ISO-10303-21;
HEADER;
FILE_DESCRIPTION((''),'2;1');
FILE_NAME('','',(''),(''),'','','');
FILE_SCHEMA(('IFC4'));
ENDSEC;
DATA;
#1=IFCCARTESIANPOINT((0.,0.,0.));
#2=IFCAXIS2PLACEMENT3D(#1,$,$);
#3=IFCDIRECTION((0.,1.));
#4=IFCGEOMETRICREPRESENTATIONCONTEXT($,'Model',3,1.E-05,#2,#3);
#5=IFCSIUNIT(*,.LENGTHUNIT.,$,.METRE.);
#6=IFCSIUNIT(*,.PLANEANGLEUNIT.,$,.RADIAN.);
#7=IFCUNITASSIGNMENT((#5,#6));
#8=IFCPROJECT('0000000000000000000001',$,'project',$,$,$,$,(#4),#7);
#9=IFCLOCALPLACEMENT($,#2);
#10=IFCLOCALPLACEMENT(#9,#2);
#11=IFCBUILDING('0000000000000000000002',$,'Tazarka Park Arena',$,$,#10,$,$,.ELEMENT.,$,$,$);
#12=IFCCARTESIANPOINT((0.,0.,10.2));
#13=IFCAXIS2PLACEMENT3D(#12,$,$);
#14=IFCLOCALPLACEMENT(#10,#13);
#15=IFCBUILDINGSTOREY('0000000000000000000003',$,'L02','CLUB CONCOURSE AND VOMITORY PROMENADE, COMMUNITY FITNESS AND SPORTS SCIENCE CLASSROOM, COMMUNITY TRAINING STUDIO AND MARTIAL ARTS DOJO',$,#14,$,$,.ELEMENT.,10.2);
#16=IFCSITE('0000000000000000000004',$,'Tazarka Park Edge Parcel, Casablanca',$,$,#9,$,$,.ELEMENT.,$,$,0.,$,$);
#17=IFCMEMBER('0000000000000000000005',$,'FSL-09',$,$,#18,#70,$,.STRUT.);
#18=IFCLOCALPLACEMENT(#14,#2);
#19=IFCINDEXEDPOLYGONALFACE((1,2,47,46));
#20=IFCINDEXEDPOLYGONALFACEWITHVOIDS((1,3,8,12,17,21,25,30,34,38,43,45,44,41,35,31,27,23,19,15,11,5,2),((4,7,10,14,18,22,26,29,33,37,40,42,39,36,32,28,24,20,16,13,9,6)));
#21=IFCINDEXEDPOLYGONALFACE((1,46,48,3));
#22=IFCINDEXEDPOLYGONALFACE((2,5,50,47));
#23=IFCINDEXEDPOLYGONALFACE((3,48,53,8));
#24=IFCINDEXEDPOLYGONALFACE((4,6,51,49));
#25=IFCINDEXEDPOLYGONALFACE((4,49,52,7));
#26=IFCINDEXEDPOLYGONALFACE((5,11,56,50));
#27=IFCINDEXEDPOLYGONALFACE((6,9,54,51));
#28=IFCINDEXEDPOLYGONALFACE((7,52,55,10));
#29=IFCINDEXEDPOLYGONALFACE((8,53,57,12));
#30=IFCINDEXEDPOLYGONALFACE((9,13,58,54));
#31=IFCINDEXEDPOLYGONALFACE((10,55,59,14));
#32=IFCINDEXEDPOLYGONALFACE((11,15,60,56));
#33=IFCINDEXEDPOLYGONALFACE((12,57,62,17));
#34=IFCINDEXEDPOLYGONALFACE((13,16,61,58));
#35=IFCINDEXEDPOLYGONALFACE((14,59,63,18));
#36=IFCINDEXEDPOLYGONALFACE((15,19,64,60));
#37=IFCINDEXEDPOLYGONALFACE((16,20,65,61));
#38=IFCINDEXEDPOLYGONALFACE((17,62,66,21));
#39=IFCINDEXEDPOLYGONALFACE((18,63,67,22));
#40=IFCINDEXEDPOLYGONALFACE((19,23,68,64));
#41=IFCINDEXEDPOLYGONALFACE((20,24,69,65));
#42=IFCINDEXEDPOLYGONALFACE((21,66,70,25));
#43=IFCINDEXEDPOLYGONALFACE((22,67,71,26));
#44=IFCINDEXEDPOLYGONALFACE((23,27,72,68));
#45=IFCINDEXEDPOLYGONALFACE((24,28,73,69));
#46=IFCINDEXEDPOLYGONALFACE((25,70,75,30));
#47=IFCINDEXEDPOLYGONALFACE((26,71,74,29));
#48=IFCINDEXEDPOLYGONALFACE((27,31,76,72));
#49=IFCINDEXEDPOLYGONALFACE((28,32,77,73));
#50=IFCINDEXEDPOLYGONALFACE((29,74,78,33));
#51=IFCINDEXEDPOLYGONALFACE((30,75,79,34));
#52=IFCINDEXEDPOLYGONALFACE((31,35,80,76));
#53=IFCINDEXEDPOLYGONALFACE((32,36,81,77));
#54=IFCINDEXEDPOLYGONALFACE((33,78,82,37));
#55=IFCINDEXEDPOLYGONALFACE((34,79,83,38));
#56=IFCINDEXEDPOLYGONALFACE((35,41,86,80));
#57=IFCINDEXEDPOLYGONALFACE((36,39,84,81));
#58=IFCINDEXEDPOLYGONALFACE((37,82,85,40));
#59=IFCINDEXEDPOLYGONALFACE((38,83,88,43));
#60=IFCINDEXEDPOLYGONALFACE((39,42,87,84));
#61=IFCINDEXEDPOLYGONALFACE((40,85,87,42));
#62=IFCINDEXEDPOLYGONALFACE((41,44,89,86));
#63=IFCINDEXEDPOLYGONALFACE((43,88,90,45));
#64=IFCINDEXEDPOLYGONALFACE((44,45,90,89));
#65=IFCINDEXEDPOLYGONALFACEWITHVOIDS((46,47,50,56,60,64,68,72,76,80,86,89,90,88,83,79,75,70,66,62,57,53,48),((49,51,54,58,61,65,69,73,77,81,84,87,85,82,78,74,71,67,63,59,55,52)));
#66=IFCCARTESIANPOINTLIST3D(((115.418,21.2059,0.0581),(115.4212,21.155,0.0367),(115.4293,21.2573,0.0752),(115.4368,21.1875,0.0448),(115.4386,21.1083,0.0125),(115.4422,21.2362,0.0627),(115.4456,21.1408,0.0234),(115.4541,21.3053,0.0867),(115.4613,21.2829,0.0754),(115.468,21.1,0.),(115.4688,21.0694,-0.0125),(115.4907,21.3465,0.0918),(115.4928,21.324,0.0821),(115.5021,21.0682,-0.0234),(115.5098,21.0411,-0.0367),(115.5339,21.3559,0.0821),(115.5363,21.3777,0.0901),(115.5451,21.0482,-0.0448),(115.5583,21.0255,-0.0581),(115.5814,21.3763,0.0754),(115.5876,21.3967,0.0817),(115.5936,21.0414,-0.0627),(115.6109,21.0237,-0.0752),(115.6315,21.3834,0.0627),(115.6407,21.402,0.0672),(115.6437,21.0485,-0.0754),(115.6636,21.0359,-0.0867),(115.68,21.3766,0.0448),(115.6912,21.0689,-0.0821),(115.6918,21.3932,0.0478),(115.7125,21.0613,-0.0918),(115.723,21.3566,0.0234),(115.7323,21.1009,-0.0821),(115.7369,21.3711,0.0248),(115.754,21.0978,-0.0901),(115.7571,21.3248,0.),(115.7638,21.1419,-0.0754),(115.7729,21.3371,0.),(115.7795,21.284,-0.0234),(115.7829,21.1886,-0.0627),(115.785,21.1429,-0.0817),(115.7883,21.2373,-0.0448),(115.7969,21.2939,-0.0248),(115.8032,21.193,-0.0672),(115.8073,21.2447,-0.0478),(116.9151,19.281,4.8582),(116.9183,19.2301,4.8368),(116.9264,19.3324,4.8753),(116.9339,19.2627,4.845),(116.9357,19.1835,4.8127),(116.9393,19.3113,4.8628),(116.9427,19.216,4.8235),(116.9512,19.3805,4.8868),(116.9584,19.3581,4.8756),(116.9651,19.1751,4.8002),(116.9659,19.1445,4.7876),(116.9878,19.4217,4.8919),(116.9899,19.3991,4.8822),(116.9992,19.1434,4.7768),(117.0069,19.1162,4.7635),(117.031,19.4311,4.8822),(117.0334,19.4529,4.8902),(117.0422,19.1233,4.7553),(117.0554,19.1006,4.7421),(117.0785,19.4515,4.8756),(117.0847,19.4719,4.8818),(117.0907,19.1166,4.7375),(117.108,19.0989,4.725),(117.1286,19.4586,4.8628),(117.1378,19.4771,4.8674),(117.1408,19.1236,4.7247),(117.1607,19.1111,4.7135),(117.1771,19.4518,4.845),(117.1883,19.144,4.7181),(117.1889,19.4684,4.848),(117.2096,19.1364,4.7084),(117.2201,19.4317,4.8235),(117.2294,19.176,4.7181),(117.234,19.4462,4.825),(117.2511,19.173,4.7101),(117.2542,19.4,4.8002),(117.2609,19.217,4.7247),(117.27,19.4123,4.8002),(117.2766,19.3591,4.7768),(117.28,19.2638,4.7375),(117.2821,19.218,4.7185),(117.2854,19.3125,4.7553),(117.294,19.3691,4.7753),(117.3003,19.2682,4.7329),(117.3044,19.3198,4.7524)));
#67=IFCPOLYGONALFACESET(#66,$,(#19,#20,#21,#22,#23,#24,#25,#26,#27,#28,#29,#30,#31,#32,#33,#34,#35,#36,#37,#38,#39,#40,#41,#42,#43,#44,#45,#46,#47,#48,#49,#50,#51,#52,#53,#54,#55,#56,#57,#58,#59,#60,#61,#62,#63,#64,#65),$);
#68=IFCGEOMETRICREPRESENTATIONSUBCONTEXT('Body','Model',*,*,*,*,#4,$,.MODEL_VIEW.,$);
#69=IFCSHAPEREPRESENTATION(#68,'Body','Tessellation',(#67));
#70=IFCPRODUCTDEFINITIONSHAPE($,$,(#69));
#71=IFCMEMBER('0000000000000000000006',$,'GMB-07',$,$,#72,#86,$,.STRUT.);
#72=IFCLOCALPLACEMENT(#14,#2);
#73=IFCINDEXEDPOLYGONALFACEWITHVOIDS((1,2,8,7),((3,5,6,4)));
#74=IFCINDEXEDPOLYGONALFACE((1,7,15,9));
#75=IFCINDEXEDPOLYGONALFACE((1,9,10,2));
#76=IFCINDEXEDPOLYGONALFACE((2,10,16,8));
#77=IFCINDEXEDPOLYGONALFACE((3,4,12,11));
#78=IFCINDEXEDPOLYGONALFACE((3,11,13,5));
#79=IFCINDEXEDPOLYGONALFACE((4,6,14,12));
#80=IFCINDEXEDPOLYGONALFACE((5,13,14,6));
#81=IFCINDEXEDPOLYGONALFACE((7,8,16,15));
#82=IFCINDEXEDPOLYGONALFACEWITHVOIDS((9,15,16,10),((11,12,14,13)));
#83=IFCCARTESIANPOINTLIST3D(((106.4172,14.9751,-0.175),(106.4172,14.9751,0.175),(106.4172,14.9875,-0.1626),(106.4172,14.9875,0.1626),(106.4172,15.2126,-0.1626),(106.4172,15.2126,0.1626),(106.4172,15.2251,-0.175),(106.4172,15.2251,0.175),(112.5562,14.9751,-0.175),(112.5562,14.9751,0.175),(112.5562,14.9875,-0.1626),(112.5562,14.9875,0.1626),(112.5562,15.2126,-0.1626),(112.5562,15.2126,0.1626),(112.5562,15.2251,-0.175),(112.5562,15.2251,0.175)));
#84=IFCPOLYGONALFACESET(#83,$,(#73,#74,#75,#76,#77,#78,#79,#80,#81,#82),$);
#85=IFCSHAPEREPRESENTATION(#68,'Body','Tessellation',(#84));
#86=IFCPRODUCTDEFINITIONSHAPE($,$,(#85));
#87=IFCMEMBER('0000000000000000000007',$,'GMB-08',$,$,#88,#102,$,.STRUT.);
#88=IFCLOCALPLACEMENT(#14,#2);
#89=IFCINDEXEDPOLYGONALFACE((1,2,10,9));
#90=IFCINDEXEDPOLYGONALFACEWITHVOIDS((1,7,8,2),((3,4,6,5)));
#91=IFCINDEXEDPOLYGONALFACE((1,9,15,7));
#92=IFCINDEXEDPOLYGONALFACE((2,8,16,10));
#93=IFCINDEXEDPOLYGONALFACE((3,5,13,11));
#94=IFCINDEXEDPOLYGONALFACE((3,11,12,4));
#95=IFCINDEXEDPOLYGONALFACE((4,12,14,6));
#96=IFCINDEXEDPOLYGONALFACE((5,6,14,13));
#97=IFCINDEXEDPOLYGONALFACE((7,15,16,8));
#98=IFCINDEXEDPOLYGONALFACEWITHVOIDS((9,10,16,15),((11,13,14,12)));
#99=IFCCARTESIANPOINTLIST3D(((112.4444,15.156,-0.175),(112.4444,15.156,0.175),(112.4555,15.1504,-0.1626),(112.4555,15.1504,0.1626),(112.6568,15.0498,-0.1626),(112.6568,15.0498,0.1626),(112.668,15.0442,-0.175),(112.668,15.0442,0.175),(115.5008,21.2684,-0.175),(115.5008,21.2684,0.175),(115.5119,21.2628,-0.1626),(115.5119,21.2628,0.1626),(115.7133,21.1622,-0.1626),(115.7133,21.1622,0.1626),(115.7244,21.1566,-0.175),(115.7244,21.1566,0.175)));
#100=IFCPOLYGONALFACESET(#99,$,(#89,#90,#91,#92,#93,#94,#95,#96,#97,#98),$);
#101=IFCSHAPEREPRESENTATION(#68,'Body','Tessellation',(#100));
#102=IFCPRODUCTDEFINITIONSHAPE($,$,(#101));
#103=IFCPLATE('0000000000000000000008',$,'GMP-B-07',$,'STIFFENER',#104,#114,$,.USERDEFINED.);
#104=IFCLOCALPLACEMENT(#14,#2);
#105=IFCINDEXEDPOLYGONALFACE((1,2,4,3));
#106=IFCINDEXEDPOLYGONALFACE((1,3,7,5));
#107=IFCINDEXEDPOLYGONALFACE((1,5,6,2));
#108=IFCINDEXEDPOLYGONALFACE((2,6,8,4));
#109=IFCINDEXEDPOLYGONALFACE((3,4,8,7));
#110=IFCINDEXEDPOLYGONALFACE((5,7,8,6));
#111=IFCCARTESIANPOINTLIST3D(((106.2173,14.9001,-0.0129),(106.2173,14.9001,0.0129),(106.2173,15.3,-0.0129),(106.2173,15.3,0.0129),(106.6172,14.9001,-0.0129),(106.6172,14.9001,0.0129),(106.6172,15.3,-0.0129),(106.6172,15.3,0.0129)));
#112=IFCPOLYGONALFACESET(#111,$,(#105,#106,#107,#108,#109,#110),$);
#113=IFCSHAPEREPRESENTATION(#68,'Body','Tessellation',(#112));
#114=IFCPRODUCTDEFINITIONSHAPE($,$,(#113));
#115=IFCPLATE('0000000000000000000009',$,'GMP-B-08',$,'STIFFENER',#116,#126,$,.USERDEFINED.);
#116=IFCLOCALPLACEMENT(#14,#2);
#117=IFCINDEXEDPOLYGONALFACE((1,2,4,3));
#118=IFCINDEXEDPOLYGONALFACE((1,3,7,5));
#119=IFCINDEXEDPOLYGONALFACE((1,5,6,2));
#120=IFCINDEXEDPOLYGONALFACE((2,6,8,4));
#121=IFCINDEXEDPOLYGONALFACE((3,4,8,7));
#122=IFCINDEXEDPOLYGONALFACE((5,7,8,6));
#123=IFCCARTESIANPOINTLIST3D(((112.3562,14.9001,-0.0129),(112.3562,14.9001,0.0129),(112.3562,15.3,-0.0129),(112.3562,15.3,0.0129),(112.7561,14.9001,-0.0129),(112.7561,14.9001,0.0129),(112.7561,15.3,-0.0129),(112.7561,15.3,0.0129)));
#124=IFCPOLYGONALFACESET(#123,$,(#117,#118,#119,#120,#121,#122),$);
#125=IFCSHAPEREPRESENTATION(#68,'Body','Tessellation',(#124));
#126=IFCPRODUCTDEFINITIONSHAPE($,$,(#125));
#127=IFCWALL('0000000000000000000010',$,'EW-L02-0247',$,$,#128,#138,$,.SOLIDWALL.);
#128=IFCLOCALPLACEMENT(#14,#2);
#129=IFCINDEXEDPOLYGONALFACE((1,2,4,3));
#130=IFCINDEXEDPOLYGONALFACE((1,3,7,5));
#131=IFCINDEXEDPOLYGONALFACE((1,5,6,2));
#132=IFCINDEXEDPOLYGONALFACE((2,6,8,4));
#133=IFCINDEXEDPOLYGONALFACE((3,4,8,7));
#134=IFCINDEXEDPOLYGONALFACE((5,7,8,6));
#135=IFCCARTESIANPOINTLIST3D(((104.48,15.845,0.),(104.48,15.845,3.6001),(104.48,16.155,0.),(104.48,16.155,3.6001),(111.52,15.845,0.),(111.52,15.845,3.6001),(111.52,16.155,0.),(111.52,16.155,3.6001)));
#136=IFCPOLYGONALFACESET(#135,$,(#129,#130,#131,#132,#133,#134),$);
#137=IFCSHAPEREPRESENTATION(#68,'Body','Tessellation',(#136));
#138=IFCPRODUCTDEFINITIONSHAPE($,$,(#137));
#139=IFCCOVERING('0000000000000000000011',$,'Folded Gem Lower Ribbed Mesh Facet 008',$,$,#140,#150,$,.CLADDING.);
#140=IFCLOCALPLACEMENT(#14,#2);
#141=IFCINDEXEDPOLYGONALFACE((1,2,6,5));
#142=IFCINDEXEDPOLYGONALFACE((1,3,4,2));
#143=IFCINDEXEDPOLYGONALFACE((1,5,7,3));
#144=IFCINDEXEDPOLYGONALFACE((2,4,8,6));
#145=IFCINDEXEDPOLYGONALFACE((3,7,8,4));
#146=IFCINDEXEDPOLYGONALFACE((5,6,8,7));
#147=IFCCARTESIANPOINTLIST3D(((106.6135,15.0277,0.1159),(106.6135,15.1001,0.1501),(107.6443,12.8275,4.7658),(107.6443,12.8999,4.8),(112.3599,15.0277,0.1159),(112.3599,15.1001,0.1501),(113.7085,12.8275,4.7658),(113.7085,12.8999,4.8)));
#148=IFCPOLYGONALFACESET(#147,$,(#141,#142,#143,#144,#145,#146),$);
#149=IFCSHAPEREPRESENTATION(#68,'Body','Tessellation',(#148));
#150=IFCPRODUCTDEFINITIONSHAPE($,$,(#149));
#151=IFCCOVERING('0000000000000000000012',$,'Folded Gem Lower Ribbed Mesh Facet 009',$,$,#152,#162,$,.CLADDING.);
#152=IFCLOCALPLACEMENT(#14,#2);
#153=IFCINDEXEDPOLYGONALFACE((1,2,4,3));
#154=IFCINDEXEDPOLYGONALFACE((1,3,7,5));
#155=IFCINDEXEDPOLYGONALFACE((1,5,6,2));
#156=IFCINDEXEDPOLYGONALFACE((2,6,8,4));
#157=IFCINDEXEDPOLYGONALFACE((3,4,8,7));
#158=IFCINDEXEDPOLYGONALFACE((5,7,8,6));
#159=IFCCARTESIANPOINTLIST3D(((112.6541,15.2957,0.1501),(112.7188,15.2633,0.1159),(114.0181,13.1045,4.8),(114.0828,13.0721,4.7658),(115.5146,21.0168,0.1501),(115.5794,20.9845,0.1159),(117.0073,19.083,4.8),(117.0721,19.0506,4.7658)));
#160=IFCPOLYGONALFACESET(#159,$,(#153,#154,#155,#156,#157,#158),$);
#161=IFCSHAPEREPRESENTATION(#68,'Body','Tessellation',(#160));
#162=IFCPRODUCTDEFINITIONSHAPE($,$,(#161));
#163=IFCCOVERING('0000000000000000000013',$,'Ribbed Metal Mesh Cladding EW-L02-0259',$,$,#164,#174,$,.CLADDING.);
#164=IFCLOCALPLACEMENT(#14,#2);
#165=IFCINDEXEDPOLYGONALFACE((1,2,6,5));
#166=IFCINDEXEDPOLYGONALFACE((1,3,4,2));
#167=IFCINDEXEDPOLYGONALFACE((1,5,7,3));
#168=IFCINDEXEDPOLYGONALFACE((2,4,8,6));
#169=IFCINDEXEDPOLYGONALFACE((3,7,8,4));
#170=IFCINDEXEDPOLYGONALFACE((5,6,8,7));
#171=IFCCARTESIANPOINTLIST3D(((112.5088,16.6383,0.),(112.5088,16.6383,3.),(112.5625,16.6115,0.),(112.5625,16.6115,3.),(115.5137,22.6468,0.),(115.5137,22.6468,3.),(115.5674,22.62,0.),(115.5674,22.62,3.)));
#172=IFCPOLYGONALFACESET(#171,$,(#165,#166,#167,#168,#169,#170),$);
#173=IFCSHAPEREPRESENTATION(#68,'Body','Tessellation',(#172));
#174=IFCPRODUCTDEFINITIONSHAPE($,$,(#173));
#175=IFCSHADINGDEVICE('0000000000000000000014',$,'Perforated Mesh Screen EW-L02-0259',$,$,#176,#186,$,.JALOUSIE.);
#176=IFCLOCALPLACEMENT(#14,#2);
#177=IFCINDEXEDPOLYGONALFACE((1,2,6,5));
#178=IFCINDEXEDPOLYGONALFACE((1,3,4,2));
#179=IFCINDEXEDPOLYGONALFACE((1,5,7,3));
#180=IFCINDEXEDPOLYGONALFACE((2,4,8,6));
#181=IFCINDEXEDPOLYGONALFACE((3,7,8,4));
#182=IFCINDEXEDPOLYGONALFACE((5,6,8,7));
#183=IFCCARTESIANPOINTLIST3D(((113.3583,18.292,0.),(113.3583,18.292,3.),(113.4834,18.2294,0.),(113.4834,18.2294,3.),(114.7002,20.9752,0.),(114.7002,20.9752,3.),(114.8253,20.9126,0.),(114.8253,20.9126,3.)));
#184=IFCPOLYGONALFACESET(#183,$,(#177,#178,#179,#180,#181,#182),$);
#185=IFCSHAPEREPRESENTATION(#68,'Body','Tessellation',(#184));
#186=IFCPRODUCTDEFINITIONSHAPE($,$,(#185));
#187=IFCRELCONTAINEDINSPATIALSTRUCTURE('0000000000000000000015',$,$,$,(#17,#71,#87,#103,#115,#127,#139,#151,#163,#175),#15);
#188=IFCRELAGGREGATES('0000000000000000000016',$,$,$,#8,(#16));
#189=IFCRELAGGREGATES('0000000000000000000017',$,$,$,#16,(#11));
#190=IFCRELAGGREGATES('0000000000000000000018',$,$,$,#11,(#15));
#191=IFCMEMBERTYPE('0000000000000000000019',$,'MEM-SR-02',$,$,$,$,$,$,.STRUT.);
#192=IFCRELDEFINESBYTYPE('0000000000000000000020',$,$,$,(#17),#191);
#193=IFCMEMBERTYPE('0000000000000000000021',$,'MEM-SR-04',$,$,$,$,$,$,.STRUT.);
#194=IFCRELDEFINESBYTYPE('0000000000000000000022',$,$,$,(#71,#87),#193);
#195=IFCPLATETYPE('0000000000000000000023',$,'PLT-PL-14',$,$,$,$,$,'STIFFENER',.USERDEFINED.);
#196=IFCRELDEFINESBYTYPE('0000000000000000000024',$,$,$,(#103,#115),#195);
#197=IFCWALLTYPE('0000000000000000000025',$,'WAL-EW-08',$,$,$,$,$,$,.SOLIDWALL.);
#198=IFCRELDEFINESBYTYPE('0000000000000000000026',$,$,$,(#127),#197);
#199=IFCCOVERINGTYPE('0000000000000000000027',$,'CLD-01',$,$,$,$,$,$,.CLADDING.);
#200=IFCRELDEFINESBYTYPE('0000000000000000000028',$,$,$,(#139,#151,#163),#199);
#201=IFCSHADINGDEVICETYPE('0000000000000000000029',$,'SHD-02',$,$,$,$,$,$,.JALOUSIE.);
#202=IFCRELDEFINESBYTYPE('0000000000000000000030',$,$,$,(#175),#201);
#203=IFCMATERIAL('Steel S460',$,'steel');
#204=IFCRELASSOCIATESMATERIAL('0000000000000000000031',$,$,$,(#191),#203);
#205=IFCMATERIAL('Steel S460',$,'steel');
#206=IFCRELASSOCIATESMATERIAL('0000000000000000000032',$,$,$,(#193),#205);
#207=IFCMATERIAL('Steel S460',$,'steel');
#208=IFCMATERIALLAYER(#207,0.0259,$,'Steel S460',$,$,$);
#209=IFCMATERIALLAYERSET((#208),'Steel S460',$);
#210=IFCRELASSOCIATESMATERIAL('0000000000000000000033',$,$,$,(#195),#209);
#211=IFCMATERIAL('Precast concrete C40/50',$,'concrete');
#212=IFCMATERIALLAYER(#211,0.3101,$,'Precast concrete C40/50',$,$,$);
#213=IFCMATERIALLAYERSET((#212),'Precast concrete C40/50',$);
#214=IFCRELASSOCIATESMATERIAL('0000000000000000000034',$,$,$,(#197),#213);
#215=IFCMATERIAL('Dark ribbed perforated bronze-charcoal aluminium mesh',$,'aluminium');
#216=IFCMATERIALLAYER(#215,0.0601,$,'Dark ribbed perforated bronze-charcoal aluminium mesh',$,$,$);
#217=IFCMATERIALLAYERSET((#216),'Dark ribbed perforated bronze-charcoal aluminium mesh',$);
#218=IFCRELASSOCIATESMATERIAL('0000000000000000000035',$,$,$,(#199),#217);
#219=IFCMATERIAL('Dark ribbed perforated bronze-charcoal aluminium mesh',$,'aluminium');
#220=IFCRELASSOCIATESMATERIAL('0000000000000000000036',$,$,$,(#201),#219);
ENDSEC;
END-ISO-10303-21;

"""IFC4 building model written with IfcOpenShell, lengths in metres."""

from ifc_helpers import new_model, si_unit, direction, frame, frame_2d, origin, origin_2d, place, context, subcontext, project, spatial, polyline, rectangle, hollow_rectangle, hollow_circle, outline, extrude, material, layer, layer_set, material_profile, profile_set, type_object, element, save


model = new_model("IFC4")

# Units and contexts
model_context = context("Model", 3, precision=1e-05, world=origin(), true_north=direction((0.0, 1.0)))
body_context = subcontext(model_context, "Body", "Model", "MODEL_VIEW")
ifc_project = project(units=[si_unit("LENGTHUNIT", "METRE"), si_unit("PLANEANGLEUNIT", "RADIAN")], contexts=[model_context])

# Site, building, storey
site_placement = place(None, origin())
site = spatial("IfcSite", under=ifc_project, at=site_placement, Name="Tazarka Park Edge Parcel, Casablanca", CompositionType="ELEMENT", RefElevation=0.0)
building_placement = place(site_placement, origin())
building = spatial("IfcBuilding", under=site, at=building_placement, Name="Tazarka Park Arena", CompositionType="ELEMENT")
storey_placement = place(building_placement, frame((0.0, 0.0, 10.2)))
storey = spatial("IfcBuildingStorey", under=building, at=storey_placement, Name="L02", Description="CLUB CONCOURSE AND VOMITORY PROMENADE, COMMUNITY FITNESS AND SPORTS SCIENCE CLASSROOM, COMMUNITY TRAINING STUDIO AND MARTIAL ARTS DOJO", CompositionType="ELEMENT", Elevation=10.2)

# Members
ifc_material_1 = material(Name="Steel S460", Category="steel")
ifc_material_profile_1 = material_profile(ifc_material_1, hollow_circle(Radius=0.2031, WallThickness=0.02, at=origin_2d()), Name="Steel S460")
ifc_profile_set_1 = profile_set([ifc_material_profile_1], Name="Steel S460")
member_type_1 = type_object("IfcMemberType", Name="MEM-SR-02", PredefinedType="STRUT", material=ifc_profile_set_1)
member_1_placement = place(storey_placement, frame((115.6125, 21.2124, 0.0), z_axis=(0.278063, -0.35751, 0.891553), x_axis=(0.789352, 0.613941, 0.0)))
element("IfcMember", 1, at=member_1_placement, inside=storey, type_object=member_type_1, Name="FSL-09", PredefinedType="STRUT", context=body_context, shape_type="SweptSolid", body=[
    extrude(hollow_circle(Radius=0.2031, WallThickness=0.02, at=origin_2d()), origin(), (0.0, 0.0, 1.0), 5.384),
])
ifc_material_2 = material(Name="Steel S460", Category="steel")
ifc_material_profile_2 = material_profile(ifc_material_2, hollow_rectangle(XDim=0.25, YDim=0.3501, WallThickness=0.0125, at=origin_2d()), Name="Steel S460")
ifc_profile_set_2 = profile_set([ifc_material_profile_2], Name="Steel S460")
member_type_2 = type_object("IfcMemberType", Name="MEM-SR-04", PredefinedType="STRUT", material=ifc_profile_set_2)
member_2_placement = place(storey_placement, frame((106.4172, 15.1001, 0.0), z_axis=(1.0, 0.0, 0.0), x_axis=(0.0, 1.0, 0.0)))
element("IfcMember", 2, at=member_2_placement, inside=storey, type_object=member_type_2, Name="GMB-07", PredefinedType="STRUT", context=body_context, shape_type="SweptSolid", body=[
    extrude(hollow_rectangle(XDim=0.25, YDim=0.3501, WallThickness=0.0125, at=origin_2d()), origin(), (0.0, 0.0, 1.0), 6.1389),
])
member_3_placement = place(storey_placement, frame((112.5562, 15.1001, 0.0), z_axis=(0.447242, 0.894413, 0.0), x_axis=(-0.894413, 0.447242, 0.0)))
element("IfcMember", 3, at=member_3_placement, inside=storey, type_object=member_type_2, Name="GMB-08", PredefinedType="STRUT", context=body_context, shape_type="SweptSolid", body=[
    extrude(hollow_rectangle(XDim=0.25, YDim=0.3501, WallThickness=0.0125, at=origin_2d()), origin(), (0.0, 0.0, 1.0), 6.834),
])

# Plates
ifc_material_3 = material(Name="Steel S460", Category="steel")
ifc_layer_1 = layer(ifc_material_3, 0.0259, Name="Steel S460")
ifc_layer_set_1 = layer_set([ifc_layer_1], Name="Steel S460")
plate_type = type_object("IfcPlateType", Name="PLT-PL-14", ElementType="STIFFENER", PredefinedType="USERDEFINED", material=ifc_layer_set_1)
for number, where, z_axis, x_axis, name in (
    (4, (106.4172, 15.1001, -0.0129), (0.0, 0.0, 1.0), (1.0, 0.0, 0.0), "GMP-B-07"),
    (5, (112.5562, 15.1001, -0.0129), (0.0, 0.0, 1.0), (1.0, 0.0, 0.0), "GMP-B-08"),
):
    element("IfcPlate", number, at=place(storey_placement, frame(where, z_axis=z_axis, x_axis=x_axis)), inside=storey, type_object=plate_type, Name=name, ObjectType="STIFFENER", PredefinedType="USERDEFINED", context=body_context, shape_type="SweptSolid", body=[
        extrude(rectangle(XDim=0.3999, YDim=0.3999, at=origin_2d()), origin(), (0.0, 0.0, 1.0), 0.0259),
    ])

# Wall
ifc_material_4 = material(Name="Precast concrete C40/50", Category="concrete")
ifc_layer_2 = layer(ifc_material_4, 0.3101, Name="Precast concrete C40/50")
ifc_layer_set_2 = layer_set([ifc_layer_2], Name="Precast concrete C40/50")
wall_type = type_object("IfcWallType", Name="WAL-EW-08", PredefinedType="SOLIDWALL", material=ifc_layer_set_2)
wall_placement = place(storey_placement, frame((111.52, 16.0, 0.0), z_axis=(0.0, 0.0, 1.0), x_axis=(-1.0, 0.0, 0.0)))
element("IfcWall", 6, at=wall_placement, inside=storey, type_object=wall_type, Name="EW-L02-0247", PredefinedType="SOLIDWALL", context=body_context, shape_type="SweptSolid", body=[
    extrude(rectangle(XDim=7.04, YDim=0.3101, at=frame_2d((3.52, 0.0))), origin(), (0.0, 0.0, 1.0), 3.6001),
])

# Coverings
ifc_material_5 = material(Name="Dark ribbed perforated bronze-charcoal aluminium mesh", Category="aluminium")
ifc_layer_3 = layer(ifc_material_5, 0.0601, Name="Dark ribbed perforated bronze-charcoal aluminium mesh")
ifc_layer_set_3 = layer_set([ifc_layer_3], Name="Dark ribbed perforated bronze-charcoal aluminium mesh")
covering_type = type_object("IfcCoveringType", Name="CLD-01", PredefinedType="CLADDING", material=ifc_layer_set_3)
covering_1_placement = place(storey_placement, frame((106.6135, 15.1001, 0.1501), z_axis=(0.0, 0.903918, 0.427707), x_axis=(1.0, 0.0, 0.0)))
element("IfcCovering", 7, at=covering_1_placement, inside=storey, type_object=covering_type, Name="Folded Gem Lower Ribbed Mesh Facet 008", PredefinedType="CLADDING", context=body_context, shape_type="SweptSolid", body=[
    extrude(outline(polyline([(0.0, 0.0), (5.7463, 0.0), (7.095, -5.1442), (1.0308, -5.1442), (0.0, 0.0)])), origin(), (0.0, 0.0, -1.0), 0.0801),
])
covering_2_placement = place(storey_placement, frame((112.6541, 15.2957, 0.1501), z_axis=(-0.808506, 0.404253, 0.427664), x_axis=(0.447214, 0.894427, 0.0)))
element("IfcCovering", 8, at=covering_2_placement, inside=storey, type_object=covering_type, Name="Folded Gem Lower Ribbed Mesh Facet 009", PredefinedType="CLADDING", context=body_context, shape_type="SweptSolid", body=[
    extrude(outline(polyline([(0.0, 0.0), (6.3965, 0.0), (5.3344, -5.1441), (-1.3498, -5.1441), (0.0, 0.0)])), origin(), (0.0, 0.0, -1.0), 0.0801),
])
covering_3_placement = place(storey_placement, frame((114.0381, 19.6292, 0.0), z_axis=(0.0, 0.0, 1.0), x_axis=(-0.447291, -0.894389, 0.0)))
element("IfcCovering", 9, at=covering_3_placement, inside=storey, type_object=covering_type, Name="Ribbed Metal Mesh Cladding EW-L02-0259", PredefinedType="CLADDING", context=body_context, shape_type="SweptSolid", body=[
    extrude(rectangle(XDim=6.718, YDim=0.0601, at=origin_2d()), origin(), (0.0, 0.0, 1.0), 3.0),
])

# Shading device
ifc_material_6 = material(Name="Dark ribbed perforated bronze-charcoal aluminium mesh", Category="aluminium")
shading_device_type = type_object("IfcShadingDeviceType", Name="SHD-02", PredefinedType="JALOUSIE", material=ifc_material_6)
shading_device_placement = place(storey_placement, frame((114.0918, 19.6023, 0.0), z_axis=(0.0, 0.0, 1.0), x_axis=(-0.447291, -0.894389, 0.0)))
element("IfcShadingDevice", 10, at=shading_device_placement, inside=storey, type_object=shading_device_type, Name="Perforated Mesh Screen EW-L02-0259", PredefinedType="JALOUSIE", context=body_context, shape_type="SweptSolid", body=[
    extrude(rectangle(XDim=3.0, YDim=0.1399, at=origin_2d()), origin(), (0.0, 0.0, 1.0), 3.0),
])

save(model, "model.ifc")
